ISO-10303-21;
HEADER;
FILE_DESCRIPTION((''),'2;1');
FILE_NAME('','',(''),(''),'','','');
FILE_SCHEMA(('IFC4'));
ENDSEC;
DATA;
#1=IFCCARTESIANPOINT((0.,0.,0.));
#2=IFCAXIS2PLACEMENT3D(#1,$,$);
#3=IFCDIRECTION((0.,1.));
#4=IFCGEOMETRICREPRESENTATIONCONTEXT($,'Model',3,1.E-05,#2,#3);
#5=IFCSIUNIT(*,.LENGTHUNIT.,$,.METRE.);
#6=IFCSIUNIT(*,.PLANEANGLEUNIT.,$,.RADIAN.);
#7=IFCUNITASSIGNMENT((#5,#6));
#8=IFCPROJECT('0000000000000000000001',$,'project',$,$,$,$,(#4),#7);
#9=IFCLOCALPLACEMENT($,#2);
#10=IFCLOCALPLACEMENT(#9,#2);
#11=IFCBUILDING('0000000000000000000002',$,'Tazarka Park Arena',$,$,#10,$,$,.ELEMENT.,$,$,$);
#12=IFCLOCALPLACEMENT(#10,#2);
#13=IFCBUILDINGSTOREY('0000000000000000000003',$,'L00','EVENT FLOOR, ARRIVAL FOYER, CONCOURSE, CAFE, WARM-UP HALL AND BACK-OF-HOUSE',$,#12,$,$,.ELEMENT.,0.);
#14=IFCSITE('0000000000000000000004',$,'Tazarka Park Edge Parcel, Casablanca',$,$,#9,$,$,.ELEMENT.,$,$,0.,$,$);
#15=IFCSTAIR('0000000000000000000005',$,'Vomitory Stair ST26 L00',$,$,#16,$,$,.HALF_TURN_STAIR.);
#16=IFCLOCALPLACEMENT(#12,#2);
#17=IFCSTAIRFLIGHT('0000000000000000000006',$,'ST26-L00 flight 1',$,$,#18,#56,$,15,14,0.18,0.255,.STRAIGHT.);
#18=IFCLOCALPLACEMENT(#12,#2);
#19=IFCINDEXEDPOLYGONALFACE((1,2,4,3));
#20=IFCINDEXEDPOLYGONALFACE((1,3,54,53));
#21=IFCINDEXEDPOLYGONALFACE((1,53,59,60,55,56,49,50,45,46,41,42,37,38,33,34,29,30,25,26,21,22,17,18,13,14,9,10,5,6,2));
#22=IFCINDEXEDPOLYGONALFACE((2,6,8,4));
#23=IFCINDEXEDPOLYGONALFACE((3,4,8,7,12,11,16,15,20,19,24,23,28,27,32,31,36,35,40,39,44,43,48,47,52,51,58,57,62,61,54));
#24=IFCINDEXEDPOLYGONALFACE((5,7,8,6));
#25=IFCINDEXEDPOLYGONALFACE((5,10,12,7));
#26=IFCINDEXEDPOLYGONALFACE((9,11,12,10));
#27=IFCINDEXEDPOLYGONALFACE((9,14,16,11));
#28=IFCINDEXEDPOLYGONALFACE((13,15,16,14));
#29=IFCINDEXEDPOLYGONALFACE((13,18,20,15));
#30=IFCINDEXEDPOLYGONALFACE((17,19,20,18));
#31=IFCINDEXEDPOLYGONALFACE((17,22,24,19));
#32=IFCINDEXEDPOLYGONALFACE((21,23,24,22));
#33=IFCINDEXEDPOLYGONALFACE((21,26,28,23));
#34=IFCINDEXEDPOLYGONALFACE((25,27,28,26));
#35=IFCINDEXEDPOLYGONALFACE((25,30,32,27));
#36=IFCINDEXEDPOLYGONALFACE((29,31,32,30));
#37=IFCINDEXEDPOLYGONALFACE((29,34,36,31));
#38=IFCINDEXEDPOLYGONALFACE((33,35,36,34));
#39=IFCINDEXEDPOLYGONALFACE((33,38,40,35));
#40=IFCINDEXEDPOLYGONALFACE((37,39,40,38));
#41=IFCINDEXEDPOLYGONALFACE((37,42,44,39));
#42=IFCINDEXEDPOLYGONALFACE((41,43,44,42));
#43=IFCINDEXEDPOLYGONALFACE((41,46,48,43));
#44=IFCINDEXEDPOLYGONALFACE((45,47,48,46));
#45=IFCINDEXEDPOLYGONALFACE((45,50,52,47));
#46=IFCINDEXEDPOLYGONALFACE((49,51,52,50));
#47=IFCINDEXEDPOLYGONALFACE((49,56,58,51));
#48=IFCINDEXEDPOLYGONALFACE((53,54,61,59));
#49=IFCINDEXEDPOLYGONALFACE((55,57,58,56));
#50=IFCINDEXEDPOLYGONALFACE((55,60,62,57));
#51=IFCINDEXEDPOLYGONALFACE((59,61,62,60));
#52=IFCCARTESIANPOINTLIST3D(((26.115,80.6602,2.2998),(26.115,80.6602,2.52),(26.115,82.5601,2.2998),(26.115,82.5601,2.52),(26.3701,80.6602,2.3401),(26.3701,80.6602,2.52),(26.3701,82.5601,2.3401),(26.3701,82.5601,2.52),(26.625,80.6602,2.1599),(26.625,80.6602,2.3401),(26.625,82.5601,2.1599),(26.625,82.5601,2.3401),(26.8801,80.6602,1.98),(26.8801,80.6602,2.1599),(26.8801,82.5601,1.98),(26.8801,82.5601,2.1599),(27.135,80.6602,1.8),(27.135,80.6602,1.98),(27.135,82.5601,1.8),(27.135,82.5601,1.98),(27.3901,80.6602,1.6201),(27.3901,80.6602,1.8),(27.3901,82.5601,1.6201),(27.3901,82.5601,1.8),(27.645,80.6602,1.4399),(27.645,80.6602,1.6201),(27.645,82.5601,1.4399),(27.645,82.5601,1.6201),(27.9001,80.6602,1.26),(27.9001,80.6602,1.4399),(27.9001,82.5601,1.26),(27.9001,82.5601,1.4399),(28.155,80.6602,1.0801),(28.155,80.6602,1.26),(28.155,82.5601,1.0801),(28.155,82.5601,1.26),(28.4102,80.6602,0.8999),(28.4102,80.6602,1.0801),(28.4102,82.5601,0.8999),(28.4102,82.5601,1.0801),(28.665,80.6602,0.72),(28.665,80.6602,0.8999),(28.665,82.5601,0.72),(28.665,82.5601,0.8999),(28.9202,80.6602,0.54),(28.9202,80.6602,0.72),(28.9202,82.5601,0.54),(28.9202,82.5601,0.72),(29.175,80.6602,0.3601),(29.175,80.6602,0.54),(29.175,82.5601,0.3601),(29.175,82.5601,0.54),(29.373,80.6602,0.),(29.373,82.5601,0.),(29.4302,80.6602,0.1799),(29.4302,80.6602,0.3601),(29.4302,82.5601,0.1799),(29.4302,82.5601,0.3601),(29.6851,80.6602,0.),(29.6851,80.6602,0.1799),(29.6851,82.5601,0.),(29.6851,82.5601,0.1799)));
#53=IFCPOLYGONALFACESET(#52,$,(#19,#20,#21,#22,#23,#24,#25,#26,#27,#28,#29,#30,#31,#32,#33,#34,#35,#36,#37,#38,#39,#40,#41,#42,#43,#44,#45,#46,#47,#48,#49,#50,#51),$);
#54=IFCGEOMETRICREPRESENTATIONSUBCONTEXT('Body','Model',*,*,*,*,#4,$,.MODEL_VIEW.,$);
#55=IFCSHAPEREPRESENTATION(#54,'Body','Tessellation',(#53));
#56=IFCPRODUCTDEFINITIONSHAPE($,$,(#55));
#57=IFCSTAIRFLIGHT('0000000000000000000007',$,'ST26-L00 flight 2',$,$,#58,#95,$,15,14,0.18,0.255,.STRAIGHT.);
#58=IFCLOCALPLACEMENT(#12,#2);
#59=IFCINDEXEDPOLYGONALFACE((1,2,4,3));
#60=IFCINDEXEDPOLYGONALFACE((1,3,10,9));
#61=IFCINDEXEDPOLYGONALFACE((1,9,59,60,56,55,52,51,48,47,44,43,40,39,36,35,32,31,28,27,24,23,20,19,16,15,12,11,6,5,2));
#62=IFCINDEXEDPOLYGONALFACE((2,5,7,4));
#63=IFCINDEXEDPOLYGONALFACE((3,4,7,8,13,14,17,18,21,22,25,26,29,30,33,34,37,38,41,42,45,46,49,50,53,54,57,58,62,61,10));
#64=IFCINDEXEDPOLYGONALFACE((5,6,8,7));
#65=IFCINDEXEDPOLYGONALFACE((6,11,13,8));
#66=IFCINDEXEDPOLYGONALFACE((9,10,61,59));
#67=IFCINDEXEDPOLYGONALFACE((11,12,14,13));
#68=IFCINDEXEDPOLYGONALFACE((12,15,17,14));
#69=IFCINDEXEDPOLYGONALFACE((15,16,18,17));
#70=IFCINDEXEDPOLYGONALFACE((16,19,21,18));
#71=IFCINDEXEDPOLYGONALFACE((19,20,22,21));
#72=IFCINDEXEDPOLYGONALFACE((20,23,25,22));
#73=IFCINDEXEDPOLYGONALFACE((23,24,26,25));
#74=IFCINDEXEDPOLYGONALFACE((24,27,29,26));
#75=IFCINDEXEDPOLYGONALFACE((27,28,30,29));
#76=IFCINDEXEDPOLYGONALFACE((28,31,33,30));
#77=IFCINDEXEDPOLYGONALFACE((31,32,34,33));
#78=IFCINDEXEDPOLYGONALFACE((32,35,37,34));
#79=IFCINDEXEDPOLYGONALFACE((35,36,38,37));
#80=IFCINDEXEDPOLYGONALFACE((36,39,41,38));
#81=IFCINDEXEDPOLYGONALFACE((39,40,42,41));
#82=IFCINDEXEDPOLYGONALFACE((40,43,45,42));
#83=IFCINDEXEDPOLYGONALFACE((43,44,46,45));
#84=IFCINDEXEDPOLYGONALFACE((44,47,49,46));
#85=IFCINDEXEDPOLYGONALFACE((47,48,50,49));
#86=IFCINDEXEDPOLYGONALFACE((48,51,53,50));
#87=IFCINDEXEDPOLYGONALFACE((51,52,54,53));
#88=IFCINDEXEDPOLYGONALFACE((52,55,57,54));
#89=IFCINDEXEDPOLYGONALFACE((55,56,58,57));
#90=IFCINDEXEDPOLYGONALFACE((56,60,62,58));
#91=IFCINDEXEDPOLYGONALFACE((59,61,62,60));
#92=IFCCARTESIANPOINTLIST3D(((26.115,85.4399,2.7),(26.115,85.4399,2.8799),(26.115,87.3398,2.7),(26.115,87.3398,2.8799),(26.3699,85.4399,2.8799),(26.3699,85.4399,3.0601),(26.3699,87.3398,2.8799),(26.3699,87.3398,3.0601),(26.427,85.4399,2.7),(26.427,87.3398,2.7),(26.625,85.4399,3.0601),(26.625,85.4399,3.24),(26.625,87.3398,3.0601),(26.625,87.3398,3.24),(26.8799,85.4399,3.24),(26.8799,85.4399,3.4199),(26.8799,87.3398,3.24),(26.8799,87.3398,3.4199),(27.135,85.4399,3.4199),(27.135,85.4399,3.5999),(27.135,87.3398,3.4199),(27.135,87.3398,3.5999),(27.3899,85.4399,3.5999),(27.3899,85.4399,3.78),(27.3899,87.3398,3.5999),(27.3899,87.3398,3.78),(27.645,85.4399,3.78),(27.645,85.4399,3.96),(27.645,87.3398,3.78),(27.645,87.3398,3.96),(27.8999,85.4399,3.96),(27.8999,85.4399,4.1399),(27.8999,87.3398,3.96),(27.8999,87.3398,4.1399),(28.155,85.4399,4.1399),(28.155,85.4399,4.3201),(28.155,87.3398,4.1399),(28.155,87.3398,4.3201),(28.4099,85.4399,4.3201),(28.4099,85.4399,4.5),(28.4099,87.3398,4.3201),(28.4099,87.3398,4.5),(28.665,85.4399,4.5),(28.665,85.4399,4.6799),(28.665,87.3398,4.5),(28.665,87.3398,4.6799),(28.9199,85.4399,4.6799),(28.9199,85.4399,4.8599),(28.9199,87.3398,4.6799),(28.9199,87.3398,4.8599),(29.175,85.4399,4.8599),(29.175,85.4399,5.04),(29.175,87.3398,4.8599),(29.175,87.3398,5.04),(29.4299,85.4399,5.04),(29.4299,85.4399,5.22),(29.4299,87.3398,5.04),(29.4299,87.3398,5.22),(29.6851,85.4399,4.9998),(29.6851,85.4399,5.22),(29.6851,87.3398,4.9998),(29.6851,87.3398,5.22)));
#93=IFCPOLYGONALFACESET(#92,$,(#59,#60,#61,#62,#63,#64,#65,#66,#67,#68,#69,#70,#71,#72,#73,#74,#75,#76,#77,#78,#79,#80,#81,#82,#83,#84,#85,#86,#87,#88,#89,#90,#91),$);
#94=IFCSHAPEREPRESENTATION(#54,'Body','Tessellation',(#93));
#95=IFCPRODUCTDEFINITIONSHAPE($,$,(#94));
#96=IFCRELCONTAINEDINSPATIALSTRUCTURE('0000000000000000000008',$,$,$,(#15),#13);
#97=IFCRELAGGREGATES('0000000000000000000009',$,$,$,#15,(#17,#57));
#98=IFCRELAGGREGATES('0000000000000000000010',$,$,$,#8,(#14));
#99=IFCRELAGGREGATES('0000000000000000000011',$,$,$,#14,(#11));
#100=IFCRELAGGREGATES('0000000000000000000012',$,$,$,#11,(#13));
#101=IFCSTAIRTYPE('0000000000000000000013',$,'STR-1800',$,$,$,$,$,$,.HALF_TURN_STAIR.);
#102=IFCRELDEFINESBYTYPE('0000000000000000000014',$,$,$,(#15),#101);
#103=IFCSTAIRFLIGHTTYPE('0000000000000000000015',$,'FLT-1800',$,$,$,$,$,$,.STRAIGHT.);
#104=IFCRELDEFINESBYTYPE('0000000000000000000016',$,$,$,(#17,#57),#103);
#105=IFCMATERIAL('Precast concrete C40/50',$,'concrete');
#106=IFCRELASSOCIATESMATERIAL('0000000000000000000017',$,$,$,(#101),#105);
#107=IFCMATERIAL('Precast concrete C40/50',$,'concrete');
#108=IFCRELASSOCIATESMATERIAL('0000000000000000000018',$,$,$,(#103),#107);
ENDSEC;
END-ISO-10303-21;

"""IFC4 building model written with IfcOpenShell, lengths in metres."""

from ifc_helpers import new_model, si_unit, direction, frame, origin, place, context, subcontext, project, spatial, polyline, outline, extrude, material, type_object, element, aggregate, save


model = new_model("IFC4")

# Units and contexts
model_context = context("Model", 3, precision=1e-05, world=origin(), true_north=direction((0.0, 1.0)))
body_context = subcontext(model_context, "Body", "Model", "MODEL_VIEW")
ifc_project = project(units=[si_unit("LENGTHUNIT", "METRE"), si_unit("PLANEANGLEUNIT", "RADIAN")], contexts=[model_context])

# Site, building, storey
site_placement = place(None, origin())
site = spatial("IfcSite", under=ifc_project, at=site_placement, Name="Tazarka Park Edge Parcel, Casablanca", CompositionType="ELEMENT", RefElevation=0.0)
building_placement = place(site_placement, origin())
building = spatial("IfcBuilding", under=site, at=building_placement, Name="Tazarka Park Arena", CompositionType="ELEMENT")
storey_placement = place(building_placement, origin())
storey = spatial("IfcBuildingStorey", under=building, at=storey_placement, Name="L00", Description="EVENT FLOOR, ARRIVAL FOYER, CONCOURSE, CAFE, WARM-UP HALL AND BACK-OF-HOUSE", CompositionType="ELEMENT", Elevation=0.0)

# Stair, stair flights
ifc_material_1 = material(Name="Precast concrete C40/50", Category="concrete")
stair_type = type_object("IfcStairType", Name="STR-1800", PredefinedType="HALF_TURN_STAIR", material=ifc_material_1)
stair_placement = place(storey_placement, origin())
stair = element("IfcStair", 1, at=stair_placement, inside=storey, type_object=stair_type, Name="Vomitory Stair ST26 L00", PredefinedType="HALF_TURN_STAIR")
ifc_material_2 = material(Name="Precast concrete C40/50", Category="concrete")
stair_flight_type = type_object("IfcStairFlightType", Name="FLT-1800", PredefinedType="STRAIGHT", material=ifc_material_2)
stair_flight_1_placement = place(storey_placement, frame((29.6851, 81.6101, 0.0), z_axis=(0.0, 0.0, 1.0), x_axis=(-1.0, 0.0, 0.0)))
stair_flight_1 = element("IfcStairFlight", 2, at=stair_flight_1_placement, type_object=stair_flight_type, Name="ST26-L00 flight 1", NumberOfRisers=15, NumberOfTreads=14, PredefinedType="STRAIGHT", RiserHeight=0.18, TreadLength=0.255, context=body_context, shape_type="SweptSolid", body=[
    extrude(outline(polyline([(0.0, 0.0), (0.0, 0.1799), (0.2549, 0.1799), (0.2549, 0.3601), (0.51, 0.3601), (0.51, 0.54), (0.7649, 0.54), (0.7649, 0.72), (1.02, 0.72), (1.02, 0.8999), (1.2749, 0.8999), (1.2749, 1.0801), (1.53, 1.0801), (1.53, 1.26), (1.7849, 1.26), (1.7849, 1.4399), (2.04, 1.4399), (2.04, 1.6201), (2.2949, 1.6201), (2.2949, 1.8), (2.55, 1.8), (2.55, 1.98), (2.8049, 1.98), (2.8049, 2.1599), (3.0601, 2.1599), (3.0601, 2.3401), (3.3149, 2.3401), (3.3149, 2.52), (3.5701, 2.52), (3.5701, 2.7), (3.5701, 2.2998), (0.312, 0.0), (0.0, 0.0)])), frame((0.0, 0.95, 0.0), z_axis=(0.0, -1.0, 0.0), x_axis=(1.0, 0.0, 0.0)), (0.0, 0.0, 1.0), 1.8999),
])
stair_flight_2_placement = place(storey_placement, frame((26.115, 86.3899, 2.7), z_axis=(0.0, 0.0, 1.0), x_axis=(1.0, 0.0, 0.0)))
stair_flight_2 = element("IfcStairFlight", 3, at=stair_flight_2_placement, type_object=stair_flight_type, Name="ST26-L00 flight 2", NumberOfRisers=15, NumberOfTreads=14, PredefinedType="STRAIGHT", RiserHeight=0.18, TreadLength=0.255, context=body_context, shape_type="SweptSolid", body=[
    extrude(outline(polyline([(0.0, 0.0), (0.0, 0.1799), (0.2549, 0.1799), (0.2549, 0.3601), (0.51, 0.3601), (0.51, 0.54), (0.7649, 0.54), (0.7649, 0.72), (1.02, 0.72), (1.02, 0.8999), (1.2749, 0.8999), (1.2749, 1.0801), (1.53, 1.0801), (1.53, 1.26), (1.7849, 1.26), (1.7849, 1.4399), (2.04, 1.4399), (2.04, 1.6201), (2.2949, 1.6201), (2.2949, 1.8), (2.55, 1.8), (2.55, 1.98), (2.8049, 1.98), (2.8049, 2.1599), (3.0601, 2.1599), (3.0601, 2.3401), (3.3149, 2.3401), (3.3149, 2.52), (3.5701, 2.52), (3.5701, 2.7), (3.5701, 2.2998), (0.312, 0.0), (0.0, 0.0)])), frame((0.0, 0.95, 0.0), z_axis=(0.0, -1.0, 0.0), x_axis=(1.0, 0.0, 0.0)), (0.0, 0.0, 1.0), 1.8999),
])
aggregate(stair, [stair_flight_1, stair_flight_2])

save(model, "model.ifc")
